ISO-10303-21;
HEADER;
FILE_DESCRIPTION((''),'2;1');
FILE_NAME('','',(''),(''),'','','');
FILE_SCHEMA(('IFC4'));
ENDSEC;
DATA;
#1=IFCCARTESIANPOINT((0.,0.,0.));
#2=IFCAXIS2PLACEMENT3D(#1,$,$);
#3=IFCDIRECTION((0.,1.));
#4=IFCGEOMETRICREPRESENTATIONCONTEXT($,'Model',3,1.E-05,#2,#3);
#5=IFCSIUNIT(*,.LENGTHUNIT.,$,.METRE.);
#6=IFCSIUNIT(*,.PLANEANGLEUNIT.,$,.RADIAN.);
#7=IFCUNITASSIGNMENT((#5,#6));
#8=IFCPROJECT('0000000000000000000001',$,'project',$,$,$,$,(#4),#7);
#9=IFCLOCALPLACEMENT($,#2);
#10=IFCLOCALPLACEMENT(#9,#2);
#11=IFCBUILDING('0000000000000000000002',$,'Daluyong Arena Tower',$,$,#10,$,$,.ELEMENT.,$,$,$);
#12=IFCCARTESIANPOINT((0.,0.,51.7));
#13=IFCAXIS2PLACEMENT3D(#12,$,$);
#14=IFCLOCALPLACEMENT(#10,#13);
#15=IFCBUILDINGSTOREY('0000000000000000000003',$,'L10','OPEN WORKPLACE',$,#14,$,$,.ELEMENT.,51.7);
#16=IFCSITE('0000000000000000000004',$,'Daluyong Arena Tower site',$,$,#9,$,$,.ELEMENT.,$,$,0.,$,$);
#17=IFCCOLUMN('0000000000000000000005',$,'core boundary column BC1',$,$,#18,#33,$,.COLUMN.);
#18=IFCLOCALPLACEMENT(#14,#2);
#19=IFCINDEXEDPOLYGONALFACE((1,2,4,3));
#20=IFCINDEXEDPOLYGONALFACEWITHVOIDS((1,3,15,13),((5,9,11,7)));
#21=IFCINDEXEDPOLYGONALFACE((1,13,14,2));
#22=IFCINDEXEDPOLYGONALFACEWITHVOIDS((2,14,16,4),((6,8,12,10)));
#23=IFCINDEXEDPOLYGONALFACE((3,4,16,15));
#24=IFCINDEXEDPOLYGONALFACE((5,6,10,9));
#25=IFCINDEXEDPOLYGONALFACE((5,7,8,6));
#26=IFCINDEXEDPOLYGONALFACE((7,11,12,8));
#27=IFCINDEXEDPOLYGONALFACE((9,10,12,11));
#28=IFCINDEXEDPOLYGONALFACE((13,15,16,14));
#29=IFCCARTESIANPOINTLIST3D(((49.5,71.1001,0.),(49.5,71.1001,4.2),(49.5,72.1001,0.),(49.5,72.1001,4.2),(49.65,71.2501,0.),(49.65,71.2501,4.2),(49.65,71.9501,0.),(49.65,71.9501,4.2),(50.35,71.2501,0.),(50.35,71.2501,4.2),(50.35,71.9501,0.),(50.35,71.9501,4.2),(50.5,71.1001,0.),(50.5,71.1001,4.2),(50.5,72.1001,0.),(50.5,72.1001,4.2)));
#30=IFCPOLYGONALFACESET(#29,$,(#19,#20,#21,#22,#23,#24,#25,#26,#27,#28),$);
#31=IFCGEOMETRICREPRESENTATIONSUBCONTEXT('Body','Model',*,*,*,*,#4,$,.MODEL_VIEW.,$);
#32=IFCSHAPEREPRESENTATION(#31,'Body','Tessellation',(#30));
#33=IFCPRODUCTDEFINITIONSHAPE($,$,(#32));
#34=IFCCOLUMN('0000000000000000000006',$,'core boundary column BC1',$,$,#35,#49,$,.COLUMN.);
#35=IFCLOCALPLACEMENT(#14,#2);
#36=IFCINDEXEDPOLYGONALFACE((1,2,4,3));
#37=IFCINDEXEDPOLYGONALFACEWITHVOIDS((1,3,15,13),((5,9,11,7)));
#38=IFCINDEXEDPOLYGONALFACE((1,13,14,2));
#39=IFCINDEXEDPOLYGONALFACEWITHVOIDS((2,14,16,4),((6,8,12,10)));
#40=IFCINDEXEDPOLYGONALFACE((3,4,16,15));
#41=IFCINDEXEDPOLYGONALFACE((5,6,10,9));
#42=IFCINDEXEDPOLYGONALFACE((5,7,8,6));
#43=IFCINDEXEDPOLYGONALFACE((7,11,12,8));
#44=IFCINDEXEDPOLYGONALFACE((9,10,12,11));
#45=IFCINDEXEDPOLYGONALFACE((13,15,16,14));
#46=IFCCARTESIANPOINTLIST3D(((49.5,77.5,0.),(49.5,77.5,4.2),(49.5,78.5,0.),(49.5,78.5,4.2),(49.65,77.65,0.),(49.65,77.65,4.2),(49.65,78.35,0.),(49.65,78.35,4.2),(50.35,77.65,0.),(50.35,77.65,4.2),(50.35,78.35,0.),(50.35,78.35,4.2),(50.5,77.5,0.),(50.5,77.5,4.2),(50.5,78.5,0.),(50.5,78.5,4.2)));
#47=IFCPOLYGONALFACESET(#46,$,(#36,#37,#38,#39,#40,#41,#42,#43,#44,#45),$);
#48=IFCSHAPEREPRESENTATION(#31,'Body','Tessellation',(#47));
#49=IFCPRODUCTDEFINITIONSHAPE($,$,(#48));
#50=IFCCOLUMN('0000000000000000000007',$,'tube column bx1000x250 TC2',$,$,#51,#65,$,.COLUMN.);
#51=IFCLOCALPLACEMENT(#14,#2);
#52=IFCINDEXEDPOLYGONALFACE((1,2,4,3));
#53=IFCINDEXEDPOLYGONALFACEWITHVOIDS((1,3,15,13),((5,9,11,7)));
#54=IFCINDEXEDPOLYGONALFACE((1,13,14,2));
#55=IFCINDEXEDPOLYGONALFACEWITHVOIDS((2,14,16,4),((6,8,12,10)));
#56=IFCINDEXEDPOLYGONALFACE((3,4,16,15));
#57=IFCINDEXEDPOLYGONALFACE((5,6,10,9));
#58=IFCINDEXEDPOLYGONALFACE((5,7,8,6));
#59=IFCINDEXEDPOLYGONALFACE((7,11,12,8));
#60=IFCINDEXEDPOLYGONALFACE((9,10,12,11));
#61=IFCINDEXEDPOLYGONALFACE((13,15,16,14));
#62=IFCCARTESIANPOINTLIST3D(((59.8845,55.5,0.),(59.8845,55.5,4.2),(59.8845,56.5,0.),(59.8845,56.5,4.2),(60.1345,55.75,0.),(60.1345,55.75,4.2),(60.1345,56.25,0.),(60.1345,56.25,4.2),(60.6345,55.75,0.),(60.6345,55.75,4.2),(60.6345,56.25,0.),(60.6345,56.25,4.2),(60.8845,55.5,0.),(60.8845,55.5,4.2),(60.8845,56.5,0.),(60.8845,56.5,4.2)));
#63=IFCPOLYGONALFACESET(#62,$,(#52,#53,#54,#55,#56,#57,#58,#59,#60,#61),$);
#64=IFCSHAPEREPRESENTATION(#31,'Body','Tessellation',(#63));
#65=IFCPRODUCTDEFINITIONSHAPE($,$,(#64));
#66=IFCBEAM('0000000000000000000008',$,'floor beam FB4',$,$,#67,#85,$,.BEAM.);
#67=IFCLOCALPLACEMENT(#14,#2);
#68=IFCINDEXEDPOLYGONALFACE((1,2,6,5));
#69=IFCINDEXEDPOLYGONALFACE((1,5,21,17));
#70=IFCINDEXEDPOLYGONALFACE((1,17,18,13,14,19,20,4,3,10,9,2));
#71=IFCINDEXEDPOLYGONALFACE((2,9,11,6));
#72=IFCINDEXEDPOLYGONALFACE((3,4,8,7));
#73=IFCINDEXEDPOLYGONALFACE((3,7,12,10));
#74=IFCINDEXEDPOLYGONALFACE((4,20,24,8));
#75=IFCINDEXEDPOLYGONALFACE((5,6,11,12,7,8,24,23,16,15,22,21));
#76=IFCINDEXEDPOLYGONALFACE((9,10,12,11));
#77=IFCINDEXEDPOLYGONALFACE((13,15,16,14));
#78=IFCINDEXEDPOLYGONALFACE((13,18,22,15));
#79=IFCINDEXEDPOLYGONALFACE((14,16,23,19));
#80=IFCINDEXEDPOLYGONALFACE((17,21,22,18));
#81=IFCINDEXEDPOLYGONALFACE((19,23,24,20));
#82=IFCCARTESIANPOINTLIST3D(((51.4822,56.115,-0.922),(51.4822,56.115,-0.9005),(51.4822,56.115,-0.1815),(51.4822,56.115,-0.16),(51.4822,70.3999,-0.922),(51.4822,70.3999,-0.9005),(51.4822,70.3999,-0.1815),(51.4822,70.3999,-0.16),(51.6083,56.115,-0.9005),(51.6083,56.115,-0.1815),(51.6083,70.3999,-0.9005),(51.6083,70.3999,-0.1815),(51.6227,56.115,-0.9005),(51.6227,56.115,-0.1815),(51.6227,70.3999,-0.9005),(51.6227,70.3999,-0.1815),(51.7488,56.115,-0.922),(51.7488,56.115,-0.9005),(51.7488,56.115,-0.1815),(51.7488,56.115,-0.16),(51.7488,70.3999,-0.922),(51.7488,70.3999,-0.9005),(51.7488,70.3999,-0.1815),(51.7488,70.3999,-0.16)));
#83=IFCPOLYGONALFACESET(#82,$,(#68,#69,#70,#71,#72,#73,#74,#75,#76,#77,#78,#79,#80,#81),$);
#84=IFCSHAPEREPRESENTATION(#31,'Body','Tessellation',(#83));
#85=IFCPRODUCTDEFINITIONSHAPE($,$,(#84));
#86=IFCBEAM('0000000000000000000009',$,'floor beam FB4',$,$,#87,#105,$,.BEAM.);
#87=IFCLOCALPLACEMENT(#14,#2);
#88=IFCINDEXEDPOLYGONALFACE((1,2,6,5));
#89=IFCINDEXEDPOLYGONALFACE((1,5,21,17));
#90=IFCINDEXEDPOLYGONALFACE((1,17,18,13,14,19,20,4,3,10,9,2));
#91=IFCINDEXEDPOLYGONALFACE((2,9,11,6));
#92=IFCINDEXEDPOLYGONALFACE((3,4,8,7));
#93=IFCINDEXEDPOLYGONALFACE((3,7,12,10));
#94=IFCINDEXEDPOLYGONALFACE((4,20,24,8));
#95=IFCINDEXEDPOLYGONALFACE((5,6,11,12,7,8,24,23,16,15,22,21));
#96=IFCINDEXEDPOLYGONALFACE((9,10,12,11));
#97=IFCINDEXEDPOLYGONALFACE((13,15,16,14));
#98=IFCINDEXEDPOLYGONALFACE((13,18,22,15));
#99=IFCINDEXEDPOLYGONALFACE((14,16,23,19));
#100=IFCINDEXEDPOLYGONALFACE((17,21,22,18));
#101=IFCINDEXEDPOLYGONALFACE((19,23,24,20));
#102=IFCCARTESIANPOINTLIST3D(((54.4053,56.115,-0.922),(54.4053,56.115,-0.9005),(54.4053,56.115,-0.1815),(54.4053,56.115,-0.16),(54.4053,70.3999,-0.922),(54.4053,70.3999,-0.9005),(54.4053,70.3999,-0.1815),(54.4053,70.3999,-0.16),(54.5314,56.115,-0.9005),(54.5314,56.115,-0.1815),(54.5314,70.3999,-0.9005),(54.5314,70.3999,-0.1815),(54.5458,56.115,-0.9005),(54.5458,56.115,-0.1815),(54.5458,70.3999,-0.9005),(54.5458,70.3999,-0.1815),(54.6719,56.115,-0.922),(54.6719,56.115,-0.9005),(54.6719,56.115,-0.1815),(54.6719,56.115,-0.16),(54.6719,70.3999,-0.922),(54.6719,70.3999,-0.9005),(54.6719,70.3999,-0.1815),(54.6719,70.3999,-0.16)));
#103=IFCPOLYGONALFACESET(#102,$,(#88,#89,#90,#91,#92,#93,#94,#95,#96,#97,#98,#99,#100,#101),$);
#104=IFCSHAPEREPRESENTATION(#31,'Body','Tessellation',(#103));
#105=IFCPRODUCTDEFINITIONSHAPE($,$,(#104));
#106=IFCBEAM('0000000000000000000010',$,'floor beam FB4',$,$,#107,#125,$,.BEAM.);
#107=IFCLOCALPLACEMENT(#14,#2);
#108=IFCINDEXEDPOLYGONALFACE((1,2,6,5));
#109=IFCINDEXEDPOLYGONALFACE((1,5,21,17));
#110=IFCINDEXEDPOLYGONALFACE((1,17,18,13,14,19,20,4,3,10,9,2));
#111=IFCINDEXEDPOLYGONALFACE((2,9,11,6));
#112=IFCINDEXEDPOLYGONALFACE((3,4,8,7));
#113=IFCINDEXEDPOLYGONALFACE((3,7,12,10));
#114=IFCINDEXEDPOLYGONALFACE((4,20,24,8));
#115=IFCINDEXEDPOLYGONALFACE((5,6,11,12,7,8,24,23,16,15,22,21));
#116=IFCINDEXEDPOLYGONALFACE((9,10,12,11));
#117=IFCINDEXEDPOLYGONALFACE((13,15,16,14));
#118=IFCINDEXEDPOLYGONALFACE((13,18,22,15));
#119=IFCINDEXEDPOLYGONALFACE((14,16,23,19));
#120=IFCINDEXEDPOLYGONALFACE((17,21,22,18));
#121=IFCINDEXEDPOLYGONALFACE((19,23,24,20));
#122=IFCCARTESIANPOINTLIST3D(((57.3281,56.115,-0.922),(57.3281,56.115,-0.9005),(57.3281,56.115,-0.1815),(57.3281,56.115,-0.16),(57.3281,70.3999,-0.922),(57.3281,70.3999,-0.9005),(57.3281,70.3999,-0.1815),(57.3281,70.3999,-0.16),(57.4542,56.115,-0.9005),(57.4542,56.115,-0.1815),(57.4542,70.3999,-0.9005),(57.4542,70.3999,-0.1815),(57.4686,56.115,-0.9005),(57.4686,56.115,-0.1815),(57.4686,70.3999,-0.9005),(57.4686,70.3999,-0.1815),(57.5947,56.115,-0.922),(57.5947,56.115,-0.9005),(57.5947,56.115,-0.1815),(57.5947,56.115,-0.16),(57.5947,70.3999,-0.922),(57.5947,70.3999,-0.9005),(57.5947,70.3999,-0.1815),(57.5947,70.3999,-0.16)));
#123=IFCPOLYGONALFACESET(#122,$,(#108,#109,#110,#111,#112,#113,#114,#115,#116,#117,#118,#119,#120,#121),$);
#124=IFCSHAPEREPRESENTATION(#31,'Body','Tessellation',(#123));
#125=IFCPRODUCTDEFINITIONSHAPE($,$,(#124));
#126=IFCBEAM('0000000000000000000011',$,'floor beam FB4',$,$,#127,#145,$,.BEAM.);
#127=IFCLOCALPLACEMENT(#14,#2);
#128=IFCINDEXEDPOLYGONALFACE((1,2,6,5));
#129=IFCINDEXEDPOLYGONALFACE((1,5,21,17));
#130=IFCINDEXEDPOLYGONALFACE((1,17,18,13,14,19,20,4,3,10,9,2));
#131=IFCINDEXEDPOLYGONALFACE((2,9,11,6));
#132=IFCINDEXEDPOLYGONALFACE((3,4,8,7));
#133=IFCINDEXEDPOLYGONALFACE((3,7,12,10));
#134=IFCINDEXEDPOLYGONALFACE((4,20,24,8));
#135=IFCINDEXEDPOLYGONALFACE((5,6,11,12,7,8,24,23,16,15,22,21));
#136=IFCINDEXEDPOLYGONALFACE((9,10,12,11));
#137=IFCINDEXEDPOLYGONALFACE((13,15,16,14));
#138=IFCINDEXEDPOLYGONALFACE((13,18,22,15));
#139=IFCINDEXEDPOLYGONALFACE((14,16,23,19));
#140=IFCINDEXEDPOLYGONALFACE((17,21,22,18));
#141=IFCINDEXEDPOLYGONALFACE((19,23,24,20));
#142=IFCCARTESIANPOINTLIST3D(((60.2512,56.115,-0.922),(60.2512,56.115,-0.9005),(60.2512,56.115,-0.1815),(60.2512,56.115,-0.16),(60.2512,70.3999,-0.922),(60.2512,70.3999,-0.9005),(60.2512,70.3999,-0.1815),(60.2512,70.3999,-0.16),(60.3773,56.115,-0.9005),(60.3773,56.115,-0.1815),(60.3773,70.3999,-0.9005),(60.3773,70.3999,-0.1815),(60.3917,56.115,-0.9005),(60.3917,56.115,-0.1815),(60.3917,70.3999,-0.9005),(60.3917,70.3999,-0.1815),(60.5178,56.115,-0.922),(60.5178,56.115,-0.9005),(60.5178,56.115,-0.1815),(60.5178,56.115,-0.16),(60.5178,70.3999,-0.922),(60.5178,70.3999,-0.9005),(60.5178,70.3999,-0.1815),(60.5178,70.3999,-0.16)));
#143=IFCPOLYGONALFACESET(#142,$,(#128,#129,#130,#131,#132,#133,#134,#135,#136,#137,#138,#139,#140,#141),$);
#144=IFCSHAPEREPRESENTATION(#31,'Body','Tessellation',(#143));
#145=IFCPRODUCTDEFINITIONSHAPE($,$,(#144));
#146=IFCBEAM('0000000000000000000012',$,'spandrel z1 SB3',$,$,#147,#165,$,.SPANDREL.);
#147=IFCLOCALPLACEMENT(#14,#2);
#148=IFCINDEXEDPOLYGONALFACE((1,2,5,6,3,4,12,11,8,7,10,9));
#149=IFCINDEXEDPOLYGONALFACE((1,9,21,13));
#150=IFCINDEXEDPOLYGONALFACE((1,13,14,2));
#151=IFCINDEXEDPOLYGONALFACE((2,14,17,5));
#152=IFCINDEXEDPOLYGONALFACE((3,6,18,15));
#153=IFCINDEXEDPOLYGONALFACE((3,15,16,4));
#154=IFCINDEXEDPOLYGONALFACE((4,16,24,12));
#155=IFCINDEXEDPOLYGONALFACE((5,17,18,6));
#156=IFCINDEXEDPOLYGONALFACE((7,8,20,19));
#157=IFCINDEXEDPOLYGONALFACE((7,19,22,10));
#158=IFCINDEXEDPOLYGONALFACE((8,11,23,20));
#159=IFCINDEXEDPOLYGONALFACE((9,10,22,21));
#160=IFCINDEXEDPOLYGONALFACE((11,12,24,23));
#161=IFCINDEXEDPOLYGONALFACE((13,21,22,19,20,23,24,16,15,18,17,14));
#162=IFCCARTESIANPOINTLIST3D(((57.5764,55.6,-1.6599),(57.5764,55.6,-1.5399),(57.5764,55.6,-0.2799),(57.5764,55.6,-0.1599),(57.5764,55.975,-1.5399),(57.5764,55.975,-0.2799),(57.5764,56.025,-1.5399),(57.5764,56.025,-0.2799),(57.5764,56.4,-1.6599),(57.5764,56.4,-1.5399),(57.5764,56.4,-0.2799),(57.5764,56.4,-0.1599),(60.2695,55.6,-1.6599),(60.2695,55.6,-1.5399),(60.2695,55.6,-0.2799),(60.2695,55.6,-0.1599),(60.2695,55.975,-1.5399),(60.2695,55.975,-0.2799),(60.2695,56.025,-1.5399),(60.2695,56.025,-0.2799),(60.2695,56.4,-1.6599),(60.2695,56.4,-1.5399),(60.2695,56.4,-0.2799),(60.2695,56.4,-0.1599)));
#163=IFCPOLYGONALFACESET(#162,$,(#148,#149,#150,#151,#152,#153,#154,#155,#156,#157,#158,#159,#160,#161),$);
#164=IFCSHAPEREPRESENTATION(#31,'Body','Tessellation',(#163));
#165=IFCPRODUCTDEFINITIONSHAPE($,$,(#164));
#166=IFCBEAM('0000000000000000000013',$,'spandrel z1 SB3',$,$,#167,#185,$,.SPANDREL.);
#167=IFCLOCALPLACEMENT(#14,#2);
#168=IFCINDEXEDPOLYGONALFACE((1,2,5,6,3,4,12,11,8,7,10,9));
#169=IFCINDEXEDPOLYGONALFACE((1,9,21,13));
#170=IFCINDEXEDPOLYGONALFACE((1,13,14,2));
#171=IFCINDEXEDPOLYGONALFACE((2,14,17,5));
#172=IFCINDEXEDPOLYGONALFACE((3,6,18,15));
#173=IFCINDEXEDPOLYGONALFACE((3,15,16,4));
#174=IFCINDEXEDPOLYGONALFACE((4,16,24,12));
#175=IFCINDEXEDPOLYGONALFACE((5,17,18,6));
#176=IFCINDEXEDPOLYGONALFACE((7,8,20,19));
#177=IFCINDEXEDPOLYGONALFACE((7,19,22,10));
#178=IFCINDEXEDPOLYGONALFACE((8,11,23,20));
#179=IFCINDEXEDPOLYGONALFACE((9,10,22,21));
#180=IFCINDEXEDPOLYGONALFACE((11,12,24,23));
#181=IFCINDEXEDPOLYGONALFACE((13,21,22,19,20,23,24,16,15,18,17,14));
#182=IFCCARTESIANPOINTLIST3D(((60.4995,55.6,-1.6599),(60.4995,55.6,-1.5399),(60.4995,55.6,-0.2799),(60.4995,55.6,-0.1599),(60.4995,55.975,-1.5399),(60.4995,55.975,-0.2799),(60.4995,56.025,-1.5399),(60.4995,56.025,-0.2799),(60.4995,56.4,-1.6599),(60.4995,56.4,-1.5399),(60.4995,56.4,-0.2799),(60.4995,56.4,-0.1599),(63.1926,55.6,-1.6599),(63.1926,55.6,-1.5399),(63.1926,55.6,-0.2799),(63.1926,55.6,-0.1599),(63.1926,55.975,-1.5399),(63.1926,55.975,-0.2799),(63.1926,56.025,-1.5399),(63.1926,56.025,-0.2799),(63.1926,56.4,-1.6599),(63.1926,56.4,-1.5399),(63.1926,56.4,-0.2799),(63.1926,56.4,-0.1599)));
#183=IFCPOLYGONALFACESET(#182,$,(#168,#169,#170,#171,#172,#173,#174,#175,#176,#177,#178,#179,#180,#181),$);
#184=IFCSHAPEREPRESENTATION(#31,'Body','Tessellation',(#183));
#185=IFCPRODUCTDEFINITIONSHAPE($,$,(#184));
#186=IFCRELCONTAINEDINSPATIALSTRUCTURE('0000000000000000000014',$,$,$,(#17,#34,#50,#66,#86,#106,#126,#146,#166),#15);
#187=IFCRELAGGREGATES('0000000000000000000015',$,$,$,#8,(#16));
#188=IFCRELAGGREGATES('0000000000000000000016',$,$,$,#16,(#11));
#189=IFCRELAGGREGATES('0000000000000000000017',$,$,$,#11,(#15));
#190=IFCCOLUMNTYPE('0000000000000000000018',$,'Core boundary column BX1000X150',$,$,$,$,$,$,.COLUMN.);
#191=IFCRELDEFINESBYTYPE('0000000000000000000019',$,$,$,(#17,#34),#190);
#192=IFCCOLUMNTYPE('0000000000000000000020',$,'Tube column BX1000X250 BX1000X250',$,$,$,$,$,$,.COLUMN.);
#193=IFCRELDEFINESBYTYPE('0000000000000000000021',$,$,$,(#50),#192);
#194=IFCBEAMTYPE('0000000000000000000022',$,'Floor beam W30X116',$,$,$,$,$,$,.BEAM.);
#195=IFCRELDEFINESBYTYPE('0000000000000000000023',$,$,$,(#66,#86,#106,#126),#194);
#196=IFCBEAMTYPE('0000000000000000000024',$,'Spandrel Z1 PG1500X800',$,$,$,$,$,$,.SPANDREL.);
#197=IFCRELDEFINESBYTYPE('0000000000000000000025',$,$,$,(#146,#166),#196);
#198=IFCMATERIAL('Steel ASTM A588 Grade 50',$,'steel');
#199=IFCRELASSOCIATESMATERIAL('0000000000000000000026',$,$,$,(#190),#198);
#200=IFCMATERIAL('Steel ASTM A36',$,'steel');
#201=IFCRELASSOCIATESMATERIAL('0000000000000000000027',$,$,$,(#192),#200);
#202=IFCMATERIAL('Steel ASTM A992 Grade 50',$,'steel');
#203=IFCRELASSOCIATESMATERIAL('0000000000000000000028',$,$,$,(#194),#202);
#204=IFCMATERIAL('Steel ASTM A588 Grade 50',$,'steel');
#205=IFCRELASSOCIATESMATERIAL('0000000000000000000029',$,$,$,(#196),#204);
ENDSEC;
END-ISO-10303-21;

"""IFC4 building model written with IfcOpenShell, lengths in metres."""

from ifc_helpers import new_model, si_unit, direction, frame, origin, origin_2d, place, context, subcontext, project, spatial, hollow_rectangle, i_section, extrude, material, material_profile, profile_set, type_object, element, save


model = new_model("IFC4")

# Units and contexts
model_context = context("Model", 3, precision=1e-05, world=origin(), true_north=direction((0.0, 1.0)))
body_context = subcontext(model_context, "Body", "Model", "MODEL_VIEW")
ifc_project = project(units=[si_unit("LENGTHUNIT", "METRE"), si_unit("PLANEANGLEUNIT", "RADIAN")], contexts=[model_context])

# Site, building, storey
site_placement = place(None, origin())
site = spatial("IfcSite", under=ifc_project, at=site_placement, Name="Daluyong Arena Tower site", CompositionType="ELEMENT", RefElevation=0.0)
building_placement = place(site_placement, origin())
building = spatial("IfcBuilding", under=site, at=building_placement, Name="Daluyong Arena Tower", CompositionType="ELEMENT")
storey_placement = place(building_placement, frame((0.0, 0.0, 51.7)))
storey = spatial("IfcBuildingStorey", under=building, at=storey_placement, Name="L10", Description="OPEN WORKPLACE", CompositionType="ELEMENT", Elevation=51.7)

# Columns
ifc_material_1 = material(Name="Steel ASTM A588 Grade 50", Category="steel")
ifc_material_profile_1 = material_profile(ifc_material_1, hollow_rectangle(XDim=1.0, YDim=1.0, WallThickness=0.15, at=origin_2d()))
ifc_profile_set_1 = profile_set([ifc_material_profile_1], Name="Steel ASTM A588 Grade 50")
column_type_1 = type_object("IfcColumnType", Name="Core boundary column BX1000X150", PredefinedType="COLUMN", material=ifc_profile_set_1)
for number, where, z_axis, x_axis, name in (
    (1, (50.0, 71.6001, 0.0), (0.0, 0.0, 1.0), (1.0, 0.0, 0.0), "core boundary column BC1"),
    (2, (50.0, 78.0, 0.0), (0.0, 0.0, 1.0), (1.0, 0.0, 0.0), "core boundary column BC1"),
):
    element("IfcColumn", number, at=place(storey_placement, frame(where, z_axis=z_axis, x_axis=x_axis)), inside=storey, type_object=column_type_1, Name=name, PredefinedType="COLUMN", context=body_context, shape_type="SweptSolid", body=[
        extrude(hollow_rectangle(XDim=1.0, YDim=1.0, WallThickness=0.15, at=origin_2d()), origin(), (0.0, 0.0, 1.0), 4.2),
    ])
ifc_material_2 = material(Name="Steel ASTM A36", Category="steel")
ifc_material_profile_2 = material_profile(ifc_material_2, hollow_rectangle(XDim=1.0, YDim=1.0, WallThickness=0.25, at=origin_2d()))
ifc_profile_set_2 = profile_set([ifc_material_profile_2], Name="Steel ASTM A36")
column_type_2 = type_object("IfcColumnType", Name="Tube column BX1000X250 BX1000X250", PredefinedType="COLUMN", material=ifc_profile_set_2)
column_placement = place(storey_placement, frame((60.3845, 56.0, 0.0), z_axis=(0.0, 0.0, 1.0), x_axis=(1.0, 0.0, 0.0)))
element("IfcColumn", 3, at=column_placement, inside=storey, type_object=column_type_2, Name="tube column bx1000x250 TC2", PredefinedType="COLUMN", context=body_context, shape_type="SweptSolid", body=[
    extrude(hollow_rectangle(XDim=1.0, YDim=1.0, WallThickness=0.25, at=origin_2d()), origin(), (0.0, 0.0, 1.0), 4.2),
])

# Beams
ifc_material_3 = material(Name="Steel ASTM A992 Grade 50", Category="steel")
ifc_material_profile_3 = material_profile(ifc_material_3, i_section(OverallWidth=0.2666, OverallDepth=0.762, WebThickness=0.0144, FlangeThickness=0.0215, at=origin_2d()))
ifc_profile_set_3 = profile_set([ifc_material_profile_3], Name="Steel ASTM A992 Grade 50")
beam_type_1 = type_object("IfcBeamType", Name="Floor beam W30X116", PredefinedType="BEAM", material=ifc_profile_set_3)
for number, where, z_axis, x_axis, name in (
    (4, (51.6155, 56.115, -0.541), (0.0, 1.0, 0.0), (-1.0, 0.0, 0.0), "floor beam FB4"),
    (5, (54.5386, 56.115, -0.541), (0.0, 1.0, 0.0), (-1.0, 0.0, 0.0), "floor beam FB4"),
    (6, (57.4614, 56.115, -0.541), (0.0, 1.0, 0.0), (-1.0, 0.0, 0.0), "floor beam FB4"),
    (7, (60.3845, 56.115, -0.541), (0.0, 1.0, 0.0), (-1.0, 0.0, 0.0), "floor beam FB4"),
):
    element("IfcBeam", number, at=place(storey_placement, frame(where, z_axis=z_axis, x_axis=x_axis)), inside=storey, type_object=beam_type_1, Name=name, PredefinedType="BEAM", context=body_context, shape_type="SweptSolid", body=[
        extrude(i_section(OverallWidth=0.2666, OverallDepth=0.762, WebThickness=0.0144, FlangeThickness=0.0215, at=origin_2d()), origin(), (0.0, 0.0, 1.0), 14.2849),
    ])
ifc_material_4 = material(Name="Steel ASTM A588 Grade 50", Category="steel")
ifc_material_profile_4 = material_profile(ifc_material_4, i_section(OverallWidth=0.8, OverallDepth=1.5, WebThickness=0.05, FlangeThickness=0.12, at=origin_2d()))
ifc_profile_set_4 = profile_set([ifc_material_profile_4], Name="Steel ASTM A588 Grade 50")
beam_type_2 = type_object("IfcBeamType", Name="Spandrel Z1 PG1500X800", PredefinedType="SPANDREL", material=ifc_profile_set_4)
for number, where, z_axis, x_axis, name in (
    (8, (57.5764, 56.0, -0.9099), (1.0, 0.0, 0.0), (0.0, 1.0, 0.0), "spandrel z1 SB3"),
    (9, (60.4995, 56.0, -0.9099), (1.0, 0.0, 0.0), (0.0, 1.0, 0.0), "spandrel z1 SB3"),
):
    element("IfcBeam", number, at=place(storey_placement, frame(where, z_axis=z_axis, x_axis=x_axis)), inside=storey, type_object=beam_type_2, Name=name, PredefinedType="SPANDREL", context=body_context, shape_type="SweptSolid", body=[
        extrude(i_section(OverallWidth=0.8, OverallDepth=1.5, WebThickness=0.05, FlangeThickness=0.12, at=origin_2d()), origin(), (0.0, 0.0, 1.0), 2.6931),
    ])

save(model, "model.ifc")
